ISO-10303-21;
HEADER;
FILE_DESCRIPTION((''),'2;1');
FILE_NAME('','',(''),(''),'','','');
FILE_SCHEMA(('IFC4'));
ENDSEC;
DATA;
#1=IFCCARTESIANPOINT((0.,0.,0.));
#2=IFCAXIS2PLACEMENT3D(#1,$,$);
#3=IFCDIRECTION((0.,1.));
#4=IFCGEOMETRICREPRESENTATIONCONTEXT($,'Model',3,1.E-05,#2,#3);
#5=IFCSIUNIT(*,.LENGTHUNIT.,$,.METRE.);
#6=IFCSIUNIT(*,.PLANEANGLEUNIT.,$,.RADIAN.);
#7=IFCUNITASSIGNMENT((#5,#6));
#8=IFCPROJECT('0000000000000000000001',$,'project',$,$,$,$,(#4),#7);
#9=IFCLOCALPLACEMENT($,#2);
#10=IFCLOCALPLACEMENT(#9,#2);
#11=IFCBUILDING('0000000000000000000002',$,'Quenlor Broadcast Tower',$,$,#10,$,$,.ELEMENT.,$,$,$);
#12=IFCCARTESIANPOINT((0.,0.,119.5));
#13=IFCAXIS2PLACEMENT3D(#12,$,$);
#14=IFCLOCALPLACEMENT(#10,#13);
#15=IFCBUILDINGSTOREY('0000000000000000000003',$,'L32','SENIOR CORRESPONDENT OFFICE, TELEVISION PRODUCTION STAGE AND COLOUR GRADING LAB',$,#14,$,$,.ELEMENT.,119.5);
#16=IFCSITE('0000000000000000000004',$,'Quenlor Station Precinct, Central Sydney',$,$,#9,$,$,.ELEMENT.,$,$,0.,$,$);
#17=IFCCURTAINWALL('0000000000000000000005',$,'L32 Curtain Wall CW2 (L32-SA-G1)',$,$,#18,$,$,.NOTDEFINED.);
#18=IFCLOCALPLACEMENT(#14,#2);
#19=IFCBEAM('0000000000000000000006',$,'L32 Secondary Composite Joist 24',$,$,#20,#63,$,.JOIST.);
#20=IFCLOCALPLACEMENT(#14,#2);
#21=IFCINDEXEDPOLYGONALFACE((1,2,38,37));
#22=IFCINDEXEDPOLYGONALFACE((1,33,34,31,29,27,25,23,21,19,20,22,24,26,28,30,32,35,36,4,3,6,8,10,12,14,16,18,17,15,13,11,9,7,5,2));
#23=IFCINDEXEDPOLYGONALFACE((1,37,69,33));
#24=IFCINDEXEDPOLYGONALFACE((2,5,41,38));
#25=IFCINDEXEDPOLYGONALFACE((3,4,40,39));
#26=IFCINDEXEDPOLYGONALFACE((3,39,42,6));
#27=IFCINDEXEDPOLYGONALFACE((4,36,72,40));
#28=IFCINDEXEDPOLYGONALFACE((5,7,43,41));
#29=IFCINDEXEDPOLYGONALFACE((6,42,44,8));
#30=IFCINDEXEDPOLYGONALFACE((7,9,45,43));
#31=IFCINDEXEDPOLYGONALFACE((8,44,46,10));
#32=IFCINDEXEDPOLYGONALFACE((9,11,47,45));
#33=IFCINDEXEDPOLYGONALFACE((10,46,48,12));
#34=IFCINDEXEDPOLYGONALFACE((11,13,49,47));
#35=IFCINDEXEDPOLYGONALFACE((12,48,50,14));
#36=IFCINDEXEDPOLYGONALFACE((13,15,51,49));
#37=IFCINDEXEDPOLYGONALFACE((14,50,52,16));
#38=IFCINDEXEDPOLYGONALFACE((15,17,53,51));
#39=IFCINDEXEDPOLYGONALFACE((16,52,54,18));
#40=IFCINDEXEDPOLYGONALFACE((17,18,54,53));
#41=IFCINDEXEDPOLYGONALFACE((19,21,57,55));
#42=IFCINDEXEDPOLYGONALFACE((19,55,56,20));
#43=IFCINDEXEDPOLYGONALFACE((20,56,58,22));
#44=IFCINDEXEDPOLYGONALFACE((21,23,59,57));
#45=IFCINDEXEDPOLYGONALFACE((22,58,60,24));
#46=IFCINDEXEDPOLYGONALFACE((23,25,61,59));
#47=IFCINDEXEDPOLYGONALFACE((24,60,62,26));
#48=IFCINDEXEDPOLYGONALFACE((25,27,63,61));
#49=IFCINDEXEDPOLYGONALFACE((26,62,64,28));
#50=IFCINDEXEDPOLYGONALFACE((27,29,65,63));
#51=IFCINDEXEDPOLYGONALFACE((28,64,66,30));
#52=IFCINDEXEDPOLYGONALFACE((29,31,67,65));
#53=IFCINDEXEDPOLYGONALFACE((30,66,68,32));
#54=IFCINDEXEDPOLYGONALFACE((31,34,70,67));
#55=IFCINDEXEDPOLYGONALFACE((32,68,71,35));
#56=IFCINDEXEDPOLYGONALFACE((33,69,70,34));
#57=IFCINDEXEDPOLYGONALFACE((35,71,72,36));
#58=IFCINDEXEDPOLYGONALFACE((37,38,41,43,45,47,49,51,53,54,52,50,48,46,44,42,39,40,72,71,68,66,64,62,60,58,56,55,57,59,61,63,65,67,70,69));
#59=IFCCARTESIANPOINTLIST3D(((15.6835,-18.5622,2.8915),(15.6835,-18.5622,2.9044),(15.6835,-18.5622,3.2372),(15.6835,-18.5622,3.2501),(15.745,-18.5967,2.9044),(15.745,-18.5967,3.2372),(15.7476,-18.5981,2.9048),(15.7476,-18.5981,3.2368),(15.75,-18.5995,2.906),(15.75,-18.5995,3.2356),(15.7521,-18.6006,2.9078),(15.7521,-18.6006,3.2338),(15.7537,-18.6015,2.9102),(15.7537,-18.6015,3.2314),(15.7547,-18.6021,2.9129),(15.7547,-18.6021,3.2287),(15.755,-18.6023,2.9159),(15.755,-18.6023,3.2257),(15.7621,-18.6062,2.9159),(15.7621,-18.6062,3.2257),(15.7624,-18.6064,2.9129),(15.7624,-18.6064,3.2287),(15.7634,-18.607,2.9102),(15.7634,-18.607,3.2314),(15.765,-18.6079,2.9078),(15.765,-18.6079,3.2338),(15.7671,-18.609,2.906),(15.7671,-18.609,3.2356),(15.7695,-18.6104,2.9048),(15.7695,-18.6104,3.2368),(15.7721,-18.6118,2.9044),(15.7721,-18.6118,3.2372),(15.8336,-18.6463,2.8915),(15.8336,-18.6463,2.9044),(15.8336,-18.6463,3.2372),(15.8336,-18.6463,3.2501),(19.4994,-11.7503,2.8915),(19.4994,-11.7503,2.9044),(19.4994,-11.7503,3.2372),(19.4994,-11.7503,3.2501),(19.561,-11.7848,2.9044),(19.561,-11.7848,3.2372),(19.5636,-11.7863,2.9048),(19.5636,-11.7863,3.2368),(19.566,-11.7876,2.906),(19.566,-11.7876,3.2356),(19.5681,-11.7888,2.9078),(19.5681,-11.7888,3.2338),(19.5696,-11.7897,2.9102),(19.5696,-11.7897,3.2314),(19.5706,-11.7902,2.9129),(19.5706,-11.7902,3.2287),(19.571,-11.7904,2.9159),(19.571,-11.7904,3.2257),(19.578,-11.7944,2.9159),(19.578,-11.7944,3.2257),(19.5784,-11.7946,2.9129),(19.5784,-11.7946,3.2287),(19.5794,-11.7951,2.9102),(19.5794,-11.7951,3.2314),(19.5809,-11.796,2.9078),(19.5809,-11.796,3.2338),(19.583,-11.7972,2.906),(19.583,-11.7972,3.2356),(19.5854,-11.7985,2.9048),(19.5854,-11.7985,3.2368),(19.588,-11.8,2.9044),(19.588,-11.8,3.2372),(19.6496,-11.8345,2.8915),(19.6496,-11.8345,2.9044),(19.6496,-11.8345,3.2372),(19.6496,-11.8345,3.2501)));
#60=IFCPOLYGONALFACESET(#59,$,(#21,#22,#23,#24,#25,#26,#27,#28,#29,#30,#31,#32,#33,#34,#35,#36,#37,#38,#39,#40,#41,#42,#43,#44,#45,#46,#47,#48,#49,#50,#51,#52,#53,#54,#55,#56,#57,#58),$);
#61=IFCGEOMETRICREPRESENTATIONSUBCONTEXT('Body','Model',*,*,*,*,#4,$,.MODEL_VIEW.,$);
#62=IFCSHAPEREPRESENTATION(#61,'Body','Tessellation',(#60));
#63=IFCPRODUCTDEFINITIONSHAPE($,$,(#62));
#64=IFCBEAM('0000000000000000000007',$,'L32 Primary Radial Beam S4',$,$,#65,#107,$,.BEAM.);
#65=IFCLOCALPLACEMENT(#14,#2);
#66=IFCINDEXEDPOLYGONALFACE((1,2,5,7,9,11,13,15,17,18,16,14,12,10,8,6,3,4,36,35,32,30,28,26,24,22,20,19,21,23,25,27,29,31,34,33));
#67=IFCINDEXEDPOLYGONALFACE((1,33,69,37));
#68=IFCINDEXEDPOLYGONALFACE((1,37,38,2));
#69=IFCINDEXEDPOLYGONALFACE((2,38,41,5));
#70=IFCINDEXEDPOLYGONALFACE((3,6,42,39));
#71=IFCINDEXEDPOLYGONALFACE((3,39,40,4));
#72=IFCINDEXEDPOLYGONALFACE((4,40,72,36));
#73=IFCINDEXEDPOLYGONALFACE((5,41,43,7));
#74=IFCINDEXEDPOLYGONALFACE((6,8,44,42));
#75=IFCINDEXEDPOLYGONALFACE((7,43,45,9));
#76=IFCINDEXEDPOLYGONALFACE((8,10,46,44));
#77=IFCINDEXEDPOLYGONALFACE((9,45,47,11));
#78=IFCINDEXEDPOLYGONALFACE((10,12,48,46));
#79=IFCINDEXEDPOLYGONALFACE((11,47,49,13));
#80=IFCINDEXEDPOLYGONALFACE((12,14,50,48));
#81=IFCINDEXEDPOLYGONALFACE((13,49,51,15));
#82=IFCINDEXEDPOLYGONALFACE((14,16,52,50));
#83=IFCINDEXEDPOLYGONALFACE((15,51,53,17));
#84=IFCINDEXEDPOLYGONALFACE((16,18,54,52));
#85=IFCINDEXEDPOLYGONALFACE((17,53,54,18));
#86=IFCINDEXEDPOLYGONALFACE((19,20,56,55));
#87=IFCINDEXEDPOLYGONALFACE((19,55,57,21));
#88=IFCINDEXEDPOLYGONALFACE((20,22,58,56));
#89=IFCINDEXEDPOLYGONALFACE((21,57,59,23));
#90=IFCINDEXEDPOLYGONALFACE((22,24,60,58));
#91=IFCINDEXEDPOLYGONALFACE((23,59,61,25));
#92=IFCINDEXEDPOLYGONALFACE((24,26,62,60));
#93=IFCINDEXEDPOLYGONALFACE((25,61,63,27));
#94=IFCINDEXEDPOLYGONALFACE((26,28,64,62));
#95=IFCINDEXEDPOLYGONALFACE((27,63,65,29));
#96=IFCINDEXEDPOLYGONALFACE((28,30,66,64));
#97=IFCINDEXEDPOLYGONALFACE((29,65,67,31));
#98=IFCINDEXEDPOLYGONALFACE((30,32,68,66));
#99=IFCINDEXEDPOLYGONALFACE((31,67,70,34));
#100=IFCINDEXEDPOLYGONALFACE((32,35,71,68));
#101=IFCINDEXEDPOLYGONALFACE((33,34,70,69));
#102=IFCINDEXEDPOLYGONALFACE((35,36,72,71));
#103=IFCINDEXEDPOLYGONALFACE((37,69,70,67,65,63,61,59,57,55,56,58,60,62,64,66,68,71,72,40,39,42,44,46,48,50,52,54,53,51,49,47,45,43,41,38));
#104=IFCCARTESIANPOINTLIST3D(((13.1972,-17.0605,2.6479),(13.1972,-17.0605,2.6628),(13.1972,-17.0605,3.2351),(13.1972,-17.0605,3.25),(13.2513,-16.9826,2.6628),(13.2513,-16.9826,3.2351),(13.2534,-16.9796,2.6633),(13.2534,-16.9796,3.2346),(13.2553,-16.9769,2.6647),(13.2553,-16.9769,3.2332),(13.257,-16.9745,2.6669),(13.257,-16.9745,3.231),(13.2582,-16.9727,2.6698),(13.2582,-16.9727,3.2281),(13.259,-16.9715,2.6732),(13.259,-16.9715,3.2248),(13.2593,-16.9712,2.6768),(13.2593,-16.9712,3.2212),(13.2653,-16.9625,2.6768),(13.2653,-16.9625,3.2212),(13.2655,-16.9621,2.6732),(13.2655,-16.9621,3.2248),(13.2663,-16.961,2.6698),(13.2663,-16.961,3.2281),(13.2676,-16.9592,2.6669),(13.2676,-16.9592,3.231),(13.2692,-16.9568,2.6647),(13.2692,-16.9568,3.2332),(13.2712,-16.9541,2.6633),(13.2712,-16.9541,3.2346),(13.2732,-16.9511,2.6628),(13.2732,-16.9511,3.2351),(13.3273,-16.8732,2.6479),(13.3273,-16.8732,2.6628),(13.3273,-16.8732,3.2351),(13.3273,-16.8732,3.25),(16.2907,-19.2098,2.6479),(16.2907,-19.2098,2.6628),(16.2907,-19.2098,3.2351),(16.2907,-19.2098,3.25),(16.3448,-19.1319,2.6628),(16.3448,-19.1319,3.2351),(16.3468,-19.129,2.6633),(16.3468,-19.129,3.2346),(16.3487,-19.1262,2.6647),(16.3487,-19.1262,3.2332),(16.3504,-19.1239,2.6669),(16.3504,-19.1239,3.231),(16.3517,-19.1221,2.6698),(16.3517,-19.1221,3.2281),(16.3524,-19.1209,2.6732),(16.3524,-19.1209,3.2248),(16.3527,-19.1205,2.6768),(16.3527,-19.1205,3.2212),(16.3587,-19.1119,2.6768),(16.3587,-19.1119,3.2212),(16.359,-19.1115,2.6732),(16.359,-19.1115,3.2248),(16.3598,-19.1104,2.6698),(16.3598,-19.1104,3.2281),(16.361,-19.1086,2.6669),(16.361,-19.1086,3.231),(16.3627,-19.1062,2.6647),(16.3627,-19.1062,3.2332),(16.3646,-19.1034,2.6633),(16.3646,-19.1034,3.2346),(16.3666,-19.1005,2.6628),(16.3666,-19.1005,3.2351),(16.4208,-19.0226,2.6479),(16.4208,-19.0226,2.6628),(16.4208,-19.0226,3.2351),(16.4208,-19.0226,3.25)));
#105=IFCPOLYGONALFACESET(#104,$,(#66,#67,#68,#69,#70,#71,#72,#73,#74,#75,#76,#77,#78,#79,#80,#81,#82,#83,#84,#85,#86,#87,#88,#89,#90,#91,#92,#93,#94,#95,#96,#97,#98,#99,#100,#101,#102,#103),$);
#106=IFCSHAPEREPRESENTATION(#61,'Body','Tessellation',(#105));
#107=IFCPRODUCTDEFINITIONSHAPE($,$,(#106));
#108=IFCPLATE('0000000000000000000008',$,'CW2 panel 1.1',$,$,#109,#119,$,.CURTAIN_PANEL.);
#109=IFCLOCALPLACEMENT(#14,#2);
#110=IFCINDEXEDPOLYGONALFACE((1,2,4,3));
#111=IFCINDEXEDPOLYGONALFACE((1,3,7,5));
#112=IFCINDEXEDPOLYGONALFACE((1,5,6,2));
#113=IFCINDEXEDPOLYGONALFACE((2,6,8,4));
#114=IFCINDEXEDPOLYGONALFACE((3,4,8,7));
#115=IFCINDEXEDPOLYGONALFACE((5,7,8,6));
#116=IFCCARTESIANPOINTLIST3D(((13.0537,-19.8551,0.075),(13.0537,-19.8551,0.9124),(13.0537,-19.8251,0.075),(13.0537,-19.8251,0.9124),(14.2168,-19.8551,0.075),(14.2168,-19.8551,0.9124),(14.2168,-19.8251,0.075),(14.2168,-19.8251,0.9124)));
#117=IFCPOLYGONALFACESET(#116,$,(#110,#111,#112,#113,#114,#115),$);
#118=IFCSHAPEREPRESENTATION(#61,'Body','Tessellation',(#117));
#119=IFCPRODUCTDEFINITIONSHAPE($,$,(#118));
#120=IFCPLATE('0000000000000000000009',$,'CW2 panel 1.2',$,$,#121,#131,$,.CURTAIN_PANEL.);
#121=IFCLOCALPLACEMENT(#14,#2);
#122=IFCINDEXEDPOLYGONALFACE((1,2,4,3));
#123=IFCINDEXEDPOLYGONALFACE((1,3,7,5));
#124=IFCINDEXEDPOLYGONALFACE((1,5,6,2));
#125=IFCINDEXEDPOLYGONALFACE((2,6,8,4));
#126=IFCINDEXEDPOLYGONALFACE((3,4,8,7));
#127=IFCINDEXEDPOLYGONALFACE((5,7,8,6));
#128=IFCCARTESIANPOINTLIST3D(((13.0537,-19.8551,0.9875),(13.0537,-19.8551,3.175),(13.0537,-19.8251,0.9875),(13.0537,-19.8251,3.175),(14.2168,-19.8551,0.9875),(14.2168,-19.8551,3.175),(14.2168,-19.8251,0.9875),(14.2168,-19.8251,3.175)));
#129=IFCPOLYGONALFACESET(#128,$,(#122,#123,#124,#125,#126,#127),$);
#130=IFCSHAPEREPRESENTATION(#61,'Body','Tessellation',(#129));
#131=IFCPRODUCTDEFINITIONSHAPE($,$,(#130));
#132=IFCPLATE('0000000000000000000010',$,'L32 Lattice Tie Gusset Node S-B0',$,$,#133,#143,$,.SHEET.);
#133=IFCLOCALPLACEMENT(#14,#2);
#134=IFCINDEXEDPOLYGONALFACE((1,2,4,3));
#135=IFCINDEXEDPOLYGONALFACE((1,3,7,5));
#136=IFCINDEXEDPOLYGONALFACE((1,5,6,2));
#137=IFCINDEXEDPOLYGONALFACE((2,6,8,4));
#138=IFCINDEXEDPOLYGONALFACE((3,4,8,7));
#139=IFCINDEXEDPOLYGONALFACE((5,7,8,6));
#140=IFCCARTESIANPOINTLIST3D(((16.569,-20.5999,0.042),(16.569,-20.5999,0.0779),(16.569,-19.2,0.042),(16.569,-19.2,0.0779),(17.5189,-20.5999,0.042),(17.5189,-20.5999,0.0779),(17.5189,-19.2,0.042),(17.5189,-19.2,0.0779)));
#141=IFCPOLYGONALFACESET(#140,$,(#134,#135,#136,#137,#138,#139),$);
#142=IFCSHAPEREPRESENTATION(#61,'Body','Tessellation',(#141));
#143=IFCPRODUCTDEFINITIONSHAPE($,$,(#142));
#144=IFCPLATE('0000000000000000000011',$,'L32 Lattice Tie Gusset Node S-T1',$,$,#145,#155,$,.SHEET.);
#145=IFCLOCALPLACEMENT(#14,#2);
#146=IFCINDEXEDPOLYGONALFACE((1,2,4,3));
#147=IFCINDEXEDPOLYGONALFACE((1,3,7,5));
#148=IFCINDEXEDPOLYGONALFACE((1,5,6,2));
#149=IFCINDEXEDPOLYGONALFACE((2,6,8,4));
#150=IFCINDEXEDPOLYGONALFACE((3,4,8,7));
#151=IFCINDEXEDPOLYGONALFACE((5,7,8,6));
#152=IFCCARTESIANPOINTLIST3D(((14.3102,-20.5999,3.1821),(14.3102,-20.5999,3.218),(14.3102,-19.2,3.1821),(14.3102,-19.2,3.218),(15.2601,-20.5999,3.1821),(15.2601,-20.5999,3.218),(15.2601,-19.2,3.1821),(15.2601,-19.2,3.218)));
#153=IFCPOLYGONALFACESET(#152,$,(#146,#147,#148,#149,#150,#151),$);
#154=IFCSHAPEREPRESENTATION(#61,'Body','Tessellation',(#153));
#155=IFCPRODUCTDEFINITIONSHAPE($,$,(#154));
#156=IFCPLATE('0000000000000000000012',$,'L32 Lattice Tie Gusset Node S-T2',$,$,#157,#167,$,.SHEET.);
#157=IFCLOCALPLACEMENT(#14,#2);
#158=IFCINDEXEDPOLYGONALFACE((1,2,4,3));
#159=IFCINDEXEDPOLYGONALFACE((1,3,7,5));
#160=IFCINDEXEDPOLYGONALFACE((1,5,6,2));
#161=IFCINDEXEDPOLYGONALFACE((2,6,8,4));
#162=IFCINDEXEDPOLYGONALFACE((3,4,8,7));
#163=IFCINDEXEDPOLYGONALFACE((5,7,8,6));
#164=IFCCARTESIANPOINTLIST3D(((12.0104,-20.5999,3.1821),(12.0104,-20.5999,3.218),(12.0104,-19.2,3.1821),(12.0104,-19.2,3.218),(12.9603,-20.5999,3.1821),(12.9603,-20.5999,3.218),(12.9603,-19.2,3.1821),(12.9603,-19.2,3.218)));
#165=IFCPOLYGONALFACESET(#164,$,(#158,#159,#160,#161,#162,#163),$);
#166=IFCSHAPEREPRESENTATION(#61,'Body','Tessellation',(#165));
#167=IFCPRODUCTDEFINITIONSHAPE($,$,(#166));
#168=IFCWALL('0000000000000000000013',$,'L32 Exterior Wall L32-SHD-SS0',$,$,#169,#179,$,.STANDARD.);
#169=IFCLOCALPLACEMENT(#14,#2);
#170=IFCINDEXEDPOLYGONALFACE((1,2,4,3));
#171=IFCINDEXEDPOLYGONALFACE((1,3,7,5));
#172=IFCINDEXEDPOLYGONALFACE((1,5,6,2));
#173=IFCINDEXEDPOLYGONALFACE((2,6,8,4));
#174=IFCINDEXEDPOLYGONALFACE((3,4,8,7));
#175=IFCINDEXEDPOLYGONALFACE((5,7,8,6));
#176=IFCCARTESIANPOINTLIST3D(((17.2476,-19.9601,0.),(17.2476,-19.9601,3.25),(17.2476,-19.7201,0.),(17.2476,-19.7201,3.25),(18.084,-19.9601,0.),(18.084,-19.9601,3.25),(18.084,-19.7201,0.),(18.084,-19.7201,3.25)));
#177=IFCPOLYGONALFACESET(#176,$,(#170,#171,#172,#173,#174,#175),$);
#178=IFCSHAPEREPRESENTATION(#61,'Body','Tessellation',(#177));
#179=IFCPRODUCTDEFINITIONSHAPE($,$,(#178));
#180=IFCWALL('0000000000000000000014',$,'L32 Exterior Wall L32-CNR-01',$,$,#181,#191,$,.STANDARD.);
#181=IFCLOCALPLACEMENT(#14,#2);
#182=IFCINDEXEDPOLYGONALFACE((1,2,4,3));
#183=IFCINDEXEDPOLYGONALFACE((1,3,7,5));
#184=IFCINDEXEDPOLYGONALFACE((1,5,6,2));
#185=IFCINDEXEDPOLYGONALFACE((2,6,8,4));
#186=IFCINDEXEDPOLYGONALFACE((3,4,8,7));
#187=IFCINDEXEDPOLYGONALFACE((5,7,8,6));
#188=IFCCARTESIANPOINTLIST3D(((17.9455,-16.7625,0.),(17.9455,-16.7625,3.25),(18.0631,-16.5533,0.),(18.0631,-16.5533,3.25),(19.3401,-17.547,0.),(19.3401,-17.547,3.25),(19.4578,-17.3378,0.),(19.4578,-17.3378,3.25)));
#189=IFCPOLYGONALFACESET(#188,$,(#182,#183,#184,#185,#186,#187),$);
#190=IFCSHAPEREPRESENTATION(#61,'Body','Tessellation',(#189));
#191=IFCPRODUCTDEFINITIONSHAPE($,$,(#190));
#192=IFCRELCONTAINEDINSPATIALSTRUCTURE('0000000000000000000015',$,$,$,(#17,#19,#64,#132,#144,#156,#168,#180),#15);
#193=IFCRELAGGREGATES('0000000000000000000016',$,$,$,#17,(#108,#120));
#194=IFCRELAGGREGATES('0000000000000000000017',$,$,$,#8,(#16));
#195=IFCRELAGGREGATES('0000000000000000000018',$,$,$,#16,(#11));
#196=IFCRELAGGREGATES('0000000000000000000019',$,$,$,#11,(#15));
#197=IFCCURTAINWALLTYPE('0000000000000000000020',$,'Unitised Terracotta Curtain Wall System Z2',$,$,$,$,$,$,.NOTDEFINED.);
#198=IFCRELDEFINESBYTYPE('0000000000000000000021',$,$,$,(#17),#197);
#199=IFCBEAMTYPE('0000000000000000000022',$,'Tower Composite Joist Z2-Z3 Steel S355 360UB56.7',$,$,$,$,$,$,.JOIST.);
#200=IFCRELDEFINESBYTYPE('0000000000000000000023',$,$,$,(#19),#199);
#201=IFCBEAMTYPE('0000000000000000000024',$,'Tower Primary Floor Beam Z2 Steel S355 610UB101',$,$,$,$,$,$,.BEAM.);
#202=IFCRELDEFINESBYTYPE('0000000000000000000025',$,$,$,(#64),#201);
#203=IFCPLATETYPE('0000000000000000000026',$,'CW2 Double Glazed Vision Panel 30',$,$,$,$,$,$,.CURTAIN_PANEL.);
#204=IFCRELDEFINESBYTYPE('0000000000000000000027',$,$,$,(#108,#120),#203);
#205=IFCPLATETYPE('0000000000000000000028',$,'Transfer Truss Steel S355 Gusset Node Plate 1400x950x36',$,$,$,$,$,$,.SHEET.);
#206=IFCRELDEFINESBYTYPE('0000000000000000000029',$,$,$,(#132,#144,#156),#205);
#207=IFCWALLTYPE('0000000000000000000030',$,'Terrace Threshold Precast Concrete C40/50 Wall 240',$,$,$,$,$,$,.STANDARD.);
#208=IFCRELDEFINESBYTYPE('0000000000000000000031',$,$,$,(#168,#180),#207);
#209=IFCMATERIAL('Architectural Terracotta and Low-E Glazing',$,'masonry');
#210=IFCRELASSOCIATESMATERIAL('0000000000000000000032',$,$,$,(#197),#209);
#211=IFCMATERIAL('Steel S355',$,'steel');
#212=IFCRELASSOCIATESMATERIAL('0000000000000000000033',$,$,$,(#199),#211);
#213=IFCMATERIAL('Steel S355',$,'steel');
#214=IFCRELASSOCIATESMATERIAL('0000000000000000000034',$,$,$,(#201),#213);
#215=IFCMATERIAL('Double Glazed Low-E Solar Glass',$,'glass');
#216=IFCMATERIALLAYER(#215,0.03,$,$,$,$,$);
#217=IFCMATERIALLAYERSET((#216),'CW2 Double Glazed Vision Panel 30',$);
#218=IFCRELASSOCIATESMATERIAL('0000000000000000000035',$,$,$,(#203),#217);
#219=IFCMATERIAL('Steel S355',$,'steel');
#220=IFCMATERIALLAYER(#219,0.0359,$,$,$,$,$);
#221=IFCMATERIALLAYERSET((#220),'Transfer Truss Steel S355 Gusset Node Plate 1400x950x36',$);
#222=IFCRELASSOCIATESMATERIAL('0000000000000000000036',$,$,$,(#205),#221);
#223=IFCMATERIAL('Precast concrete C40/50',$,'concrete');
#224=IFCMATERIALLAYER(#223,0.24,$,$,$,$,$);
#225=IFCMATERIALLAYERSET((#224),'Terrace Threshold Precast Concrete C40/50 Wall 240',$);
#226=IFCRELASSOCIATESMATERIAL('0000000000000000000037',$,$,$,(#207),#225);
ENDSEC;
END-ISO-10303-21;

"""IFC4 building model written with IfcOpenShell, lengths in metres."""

from ifc_helpers import new_model, si_unit, direction, frame, frame_2d, origin, origin_2d, place, context, subcontext, project, spatial, rectangle, i_section, extrude, material, layer, layer_set, material_profile, profile_set, type_object, element, aggregate, save


model = new_model("IFC4")

# Units and contexts
model_context = context("Model", 3, precision=1e-05, world=origin(), true_north=direction((0.0, 1.0)))
body_context = subcontext(model_context, "Body", "Model", "MODEL_VIEW")
ifc_project = project(units=[si_unit("LENGTHUNIT", "METRE"), si_unit("PLANEANGLEUNIT", "RADIAN")], contexts=[model_context])

# Site, building, storey
site_placement = place(None, origin())
site = spatial("IfcSite", under=ifc_project, at=site_placement, Name="Quenlor Station Precinct, Central Sydney", CompositionType="ELEMENT", RefElevation=0.0)
building_placement = place(site_placement, origin())
building = spatial("IfcBuilding", under=site, at=building_placement, Name="Quenlor Broadcast Tower", CompositionType="ELEMENT")
storey_placement = place(building_placement, frame((0.0, 0.0, 119.5)))
storey = spatial("IfcBuildingStorey", under=building, at=storey_placement, Name="L32", Description="SENIOR CORRESPONDENT OFFICE, TELEVISION PRODUCTION STAGE AND COLOUR GRADING LAB", CompositionType="ELEMENT", Elevation=119.5)

# Curtain wall
ifc_material_1 = material(Name="Architectural Terracotta and Low-E Glazing", Category="masonry")
curtain_wall_type = type_object("IfcCurtainWallType", Name="Unitised Terracotta Curtain Wall System Z2", PredefinedType="NOTDEFINED", material=ifc_material_1)
curtain_wall_placement = place(storey_placement, origin())
curtain_wall = element("IfcCurtainWall", 1, at=curtain_wall_placement, inside=storey, type_object=curtain_wall_type, Name="L32 Curtain Wall CW2 (L32-SA-G1)", PredefinedType="NOTDEFINED")

# Beams
ifc_material_2 = material(Name="Steel S355", Category="steel")
ifc_material_profile_1 = material_profile(ifc_material_2, i_section(OverallWidth=0.1721, OverallDepth=0.3586, WebThickness=0.0081, FlangeThickness=0.0129, FilletRadius=0.0115, at=origin_2d()))
ifc_profile_set_1 = profile_set([ifc_material_profile_1], Name="Steel S355 360UB56.7")
beam_type_1 = type_object("IfcBeamType", Name="Tower Composite Joist Z2-Z3 Steel S355 360UB56.7", PredefinedType="JOIST", material=ifc_profile_set_1)
beam_1_placement = place(storey_placement, frame((15.7585, -18.6042, 3.0708), z_axis=(0.488733, 0.872433, 0.0), x_axis=(-0.872433, 0.488733, 0.0)))
element("IfcBeam", 2, at=beam_1_placement, inside=storey, type_object=beam_type_1, Name="L32 Secondary Composite Joist 24", PredefinedType="JOIST", context=body_context, shape_type="SweptSolid", body=[
    extrude(i_section(OverallWidth=0.1721, OverallDepth=0.3586, WebThickness=0.0081, FlangeThickness=0.0129, FilletRadius=0.0115, at=origin_2d()), origin(), (0.0, 0.0, 1.0), 7.8079),
])
ifc_material_3 = material(Name="Steel S355", Category="steel")
ifc_material_profile_2 = material_profile(ifc_material_3, i_section(OverallWidth=0.228, OverallDepth=0.6021, WebThickness=0.0105, FlangeThickness=0.0149, FilletRadius=0.0139, at=origin_2d()))
ifc_profile_set_2 = profile_set([ifc_material_profile_2], Name="Steel S355 610UB101")
beam_type_2 = type_object("IfcBeamType", Name="Tower Primary Floor Beam Z2 Steel S355 610UB101", PredefinedType="BEAM", material=ifc_profile_set_2)
beam_2_placement = place(storey_placement, frame((16.3557, -19.1162, 2.949), z_axis=(-0.821227, 0.570601, 0.0), x_axis=(-0.570601, -0.821227, 0.0)))
element("IfcBeam", 3, at=beam_2_placement, inside=storey, type_object=beam_type_2, Name="L32 Primary Radial Beam S4", PredefinedType="BEAM", context=body_context, shape_type="SweptSolid", body=[
    extrude(i_section(OverallWidth=0.228, OverallDepth=0.6021, WebThickness=0.0105, FlangeThickness=0.0149, FilletRadius=0.0139, at=origin_2d()), origin(), (0.0, 0.0, 1.0), 3.7668),
])

# Plates
ifc_material_4 = material(Name="Double Glazed Low-E Solar Glass", Category="glass")
ifc_layer_1 = layer(ifc_material_4, 0.03)
ifc_layer_set_1 = layer_set([ifc_layer_1], Name="CW2 Double Glazed Vision Panel 30")
plate_type_1 = type_object("IfcPlateType", Name="CW2 Double Glazed Vision Panel 30", PredefinedType="CURTAIN_PANEL", material=ifc_layer_set_1)
plate_1_placement = place(storey_placement, frame((13.6353, -19.8401, 0.075), z_axis=(0.0, 0.0, 1.0), x_axis=(-1.0, 0.0, 0.0)))
plate_1 = element("IfcPlate", 4, at=plate_1_placement, type_object=plate_type_1, Name="CW2 panel 1.1", PredefinedType="CURTAIN_PANEL", context=body_context, shape_type="SweptSolid", body=[
    extrude(rectangle(XDim=1.1631, YDim=0.03, at=origin_2d()), origin(), (0.0, 0.0, 1.0), 0.8374),
])
plate_2_placement = place(storey_placement, frame((13.6353, -19.8401, 0.9875), z_axis=(0.0, 0.0, 1.0), x_axis=(-1.0, 0.0, 0.0)))
plate_2 = element("IfcPlate", 5, at=plate_2_placement, type_object=plate_type_1, Name="CW2 panel 1.2", PredefinedType="CURTAIN_PANEL", context=body_context, shape_type="SweptSolid", body=[
    extrude(rectangle(XDim=1.1631, YDim=0.03, at=origin_2d()), origin(), (0.0, 0.0, 1.0), 2.1875),
])
aggregate(curtain_wall, [plate_1, plate_2])

# Plates
ifc_material_5 = material(Name="Steel S355", Category="steel")
ifc_layer_2 = layer(ifc_material_5, 0.0359)
ifc_layer_set_2 = layer_set([ifc_layer_2], Name="Transfer Truss Steel S355 Gusset Node Plate 1400x950x36")
plate_type_2 = type_object("IfcPlateType", Name="Transfer Truss Steel S355 Gusset Node Plate 1400x950x36", PredefinedType="SHEET", material=ifc_layer_set_2)
for number, where, z_axis, x_axis, name in (
    (6, (17.0439, -19.8999, 0.042), (0.0, 0.0, 1.0), (0.0, -1.0, 0.0), "L32 Lattice Tie Gusset Node S-B0"),
    (7, (14.7852, -19.8999, 3.1821), (0.0, 0.0, 1.0), (0.0, -1.0, 0.0), "L32 Lattice Tie Gusset Node S-T1"),
    (8, (12.4854, -19.8999, 3.1821), (0.0, 0.0, 1.0), (0.0, -1.0, 0.0), "L32 Lattice Tie Gusset Node S-T2"),
):
    element("IfcPlate", number, at=place(storey_placement, frame(where, z_axis=z_axis, x_axis=x_axis)), inside=storey, type_object=plate_type_2, Name=name, PredefinedType="SHEET", context=body_context, shape_type="SweptSolid", body=[
        extrude(rectangle(XDim=1.3999, YDim=0.95, at=origin_2d()), origin(), (0.0, 0.0, 1.0), 0.0359),
    ])

# Walls
ifc_material_6 = material(Name="Precast concrete C40/50", Category="concrete")
ifc_layer_3 = layer(ifc_material_6, 0.24)
ifc_layer_set_3 = layer_set([ifc_layer_3], Name="Terrace Threshold Precast Concrete C40/50 Wall 240")
wall_type_1 = type_object("IfcWallType", Name="Terrace Threshold Precast Concrete C40/50 Wall 240", PredefinedType="STANDARD", material=ifc_layer_set_3)
wall_1_placement = place(storey_placement, frame((18.084, -19.8401, 0.0), z_axis=(0.0, 0.0, 1.0), x_axis=(-1.0, 0.0, 0.0)))
element("IfcWall", 9, at=wall_1_placement, inside=storey, type_object=wall_type_1, Name="L32 Exterior Wall L32-SHD-SS0", PredefinedType="STANDARD", context=body_context, shape_type="SweptSolid", body=[
    extrude(rectangle(XDim=0.8364, YDim=0.24, at=frame_2d((0.4182, 0.0))), origin(), (0.0, 0.0, 1.0), 3.25),
])
wall_2_placement = place(storey_placement, frame((19.3989, -17.4424, 0.0), z_axis=(0.0, 0.0, 1.0), x_axis=(-0.871576, 0.490261, 0.0)))
element("IfcWall", 10, at=wall_2_placement, inside=storey, type_object=wall_type_1, Name="L32 Exterior Wall L32-CNR-01", PredefinedType="STANDARD", context=body_context, shape_type="SweptSolid", body=[
    extrude(rectangle(XDim=1.6001, YDim=0.24, at=frame_2d((0.8, 0.0))), origin(), (0.0, 0.0, 1.0), 3.25),
])

save(model, "model.ifc")
